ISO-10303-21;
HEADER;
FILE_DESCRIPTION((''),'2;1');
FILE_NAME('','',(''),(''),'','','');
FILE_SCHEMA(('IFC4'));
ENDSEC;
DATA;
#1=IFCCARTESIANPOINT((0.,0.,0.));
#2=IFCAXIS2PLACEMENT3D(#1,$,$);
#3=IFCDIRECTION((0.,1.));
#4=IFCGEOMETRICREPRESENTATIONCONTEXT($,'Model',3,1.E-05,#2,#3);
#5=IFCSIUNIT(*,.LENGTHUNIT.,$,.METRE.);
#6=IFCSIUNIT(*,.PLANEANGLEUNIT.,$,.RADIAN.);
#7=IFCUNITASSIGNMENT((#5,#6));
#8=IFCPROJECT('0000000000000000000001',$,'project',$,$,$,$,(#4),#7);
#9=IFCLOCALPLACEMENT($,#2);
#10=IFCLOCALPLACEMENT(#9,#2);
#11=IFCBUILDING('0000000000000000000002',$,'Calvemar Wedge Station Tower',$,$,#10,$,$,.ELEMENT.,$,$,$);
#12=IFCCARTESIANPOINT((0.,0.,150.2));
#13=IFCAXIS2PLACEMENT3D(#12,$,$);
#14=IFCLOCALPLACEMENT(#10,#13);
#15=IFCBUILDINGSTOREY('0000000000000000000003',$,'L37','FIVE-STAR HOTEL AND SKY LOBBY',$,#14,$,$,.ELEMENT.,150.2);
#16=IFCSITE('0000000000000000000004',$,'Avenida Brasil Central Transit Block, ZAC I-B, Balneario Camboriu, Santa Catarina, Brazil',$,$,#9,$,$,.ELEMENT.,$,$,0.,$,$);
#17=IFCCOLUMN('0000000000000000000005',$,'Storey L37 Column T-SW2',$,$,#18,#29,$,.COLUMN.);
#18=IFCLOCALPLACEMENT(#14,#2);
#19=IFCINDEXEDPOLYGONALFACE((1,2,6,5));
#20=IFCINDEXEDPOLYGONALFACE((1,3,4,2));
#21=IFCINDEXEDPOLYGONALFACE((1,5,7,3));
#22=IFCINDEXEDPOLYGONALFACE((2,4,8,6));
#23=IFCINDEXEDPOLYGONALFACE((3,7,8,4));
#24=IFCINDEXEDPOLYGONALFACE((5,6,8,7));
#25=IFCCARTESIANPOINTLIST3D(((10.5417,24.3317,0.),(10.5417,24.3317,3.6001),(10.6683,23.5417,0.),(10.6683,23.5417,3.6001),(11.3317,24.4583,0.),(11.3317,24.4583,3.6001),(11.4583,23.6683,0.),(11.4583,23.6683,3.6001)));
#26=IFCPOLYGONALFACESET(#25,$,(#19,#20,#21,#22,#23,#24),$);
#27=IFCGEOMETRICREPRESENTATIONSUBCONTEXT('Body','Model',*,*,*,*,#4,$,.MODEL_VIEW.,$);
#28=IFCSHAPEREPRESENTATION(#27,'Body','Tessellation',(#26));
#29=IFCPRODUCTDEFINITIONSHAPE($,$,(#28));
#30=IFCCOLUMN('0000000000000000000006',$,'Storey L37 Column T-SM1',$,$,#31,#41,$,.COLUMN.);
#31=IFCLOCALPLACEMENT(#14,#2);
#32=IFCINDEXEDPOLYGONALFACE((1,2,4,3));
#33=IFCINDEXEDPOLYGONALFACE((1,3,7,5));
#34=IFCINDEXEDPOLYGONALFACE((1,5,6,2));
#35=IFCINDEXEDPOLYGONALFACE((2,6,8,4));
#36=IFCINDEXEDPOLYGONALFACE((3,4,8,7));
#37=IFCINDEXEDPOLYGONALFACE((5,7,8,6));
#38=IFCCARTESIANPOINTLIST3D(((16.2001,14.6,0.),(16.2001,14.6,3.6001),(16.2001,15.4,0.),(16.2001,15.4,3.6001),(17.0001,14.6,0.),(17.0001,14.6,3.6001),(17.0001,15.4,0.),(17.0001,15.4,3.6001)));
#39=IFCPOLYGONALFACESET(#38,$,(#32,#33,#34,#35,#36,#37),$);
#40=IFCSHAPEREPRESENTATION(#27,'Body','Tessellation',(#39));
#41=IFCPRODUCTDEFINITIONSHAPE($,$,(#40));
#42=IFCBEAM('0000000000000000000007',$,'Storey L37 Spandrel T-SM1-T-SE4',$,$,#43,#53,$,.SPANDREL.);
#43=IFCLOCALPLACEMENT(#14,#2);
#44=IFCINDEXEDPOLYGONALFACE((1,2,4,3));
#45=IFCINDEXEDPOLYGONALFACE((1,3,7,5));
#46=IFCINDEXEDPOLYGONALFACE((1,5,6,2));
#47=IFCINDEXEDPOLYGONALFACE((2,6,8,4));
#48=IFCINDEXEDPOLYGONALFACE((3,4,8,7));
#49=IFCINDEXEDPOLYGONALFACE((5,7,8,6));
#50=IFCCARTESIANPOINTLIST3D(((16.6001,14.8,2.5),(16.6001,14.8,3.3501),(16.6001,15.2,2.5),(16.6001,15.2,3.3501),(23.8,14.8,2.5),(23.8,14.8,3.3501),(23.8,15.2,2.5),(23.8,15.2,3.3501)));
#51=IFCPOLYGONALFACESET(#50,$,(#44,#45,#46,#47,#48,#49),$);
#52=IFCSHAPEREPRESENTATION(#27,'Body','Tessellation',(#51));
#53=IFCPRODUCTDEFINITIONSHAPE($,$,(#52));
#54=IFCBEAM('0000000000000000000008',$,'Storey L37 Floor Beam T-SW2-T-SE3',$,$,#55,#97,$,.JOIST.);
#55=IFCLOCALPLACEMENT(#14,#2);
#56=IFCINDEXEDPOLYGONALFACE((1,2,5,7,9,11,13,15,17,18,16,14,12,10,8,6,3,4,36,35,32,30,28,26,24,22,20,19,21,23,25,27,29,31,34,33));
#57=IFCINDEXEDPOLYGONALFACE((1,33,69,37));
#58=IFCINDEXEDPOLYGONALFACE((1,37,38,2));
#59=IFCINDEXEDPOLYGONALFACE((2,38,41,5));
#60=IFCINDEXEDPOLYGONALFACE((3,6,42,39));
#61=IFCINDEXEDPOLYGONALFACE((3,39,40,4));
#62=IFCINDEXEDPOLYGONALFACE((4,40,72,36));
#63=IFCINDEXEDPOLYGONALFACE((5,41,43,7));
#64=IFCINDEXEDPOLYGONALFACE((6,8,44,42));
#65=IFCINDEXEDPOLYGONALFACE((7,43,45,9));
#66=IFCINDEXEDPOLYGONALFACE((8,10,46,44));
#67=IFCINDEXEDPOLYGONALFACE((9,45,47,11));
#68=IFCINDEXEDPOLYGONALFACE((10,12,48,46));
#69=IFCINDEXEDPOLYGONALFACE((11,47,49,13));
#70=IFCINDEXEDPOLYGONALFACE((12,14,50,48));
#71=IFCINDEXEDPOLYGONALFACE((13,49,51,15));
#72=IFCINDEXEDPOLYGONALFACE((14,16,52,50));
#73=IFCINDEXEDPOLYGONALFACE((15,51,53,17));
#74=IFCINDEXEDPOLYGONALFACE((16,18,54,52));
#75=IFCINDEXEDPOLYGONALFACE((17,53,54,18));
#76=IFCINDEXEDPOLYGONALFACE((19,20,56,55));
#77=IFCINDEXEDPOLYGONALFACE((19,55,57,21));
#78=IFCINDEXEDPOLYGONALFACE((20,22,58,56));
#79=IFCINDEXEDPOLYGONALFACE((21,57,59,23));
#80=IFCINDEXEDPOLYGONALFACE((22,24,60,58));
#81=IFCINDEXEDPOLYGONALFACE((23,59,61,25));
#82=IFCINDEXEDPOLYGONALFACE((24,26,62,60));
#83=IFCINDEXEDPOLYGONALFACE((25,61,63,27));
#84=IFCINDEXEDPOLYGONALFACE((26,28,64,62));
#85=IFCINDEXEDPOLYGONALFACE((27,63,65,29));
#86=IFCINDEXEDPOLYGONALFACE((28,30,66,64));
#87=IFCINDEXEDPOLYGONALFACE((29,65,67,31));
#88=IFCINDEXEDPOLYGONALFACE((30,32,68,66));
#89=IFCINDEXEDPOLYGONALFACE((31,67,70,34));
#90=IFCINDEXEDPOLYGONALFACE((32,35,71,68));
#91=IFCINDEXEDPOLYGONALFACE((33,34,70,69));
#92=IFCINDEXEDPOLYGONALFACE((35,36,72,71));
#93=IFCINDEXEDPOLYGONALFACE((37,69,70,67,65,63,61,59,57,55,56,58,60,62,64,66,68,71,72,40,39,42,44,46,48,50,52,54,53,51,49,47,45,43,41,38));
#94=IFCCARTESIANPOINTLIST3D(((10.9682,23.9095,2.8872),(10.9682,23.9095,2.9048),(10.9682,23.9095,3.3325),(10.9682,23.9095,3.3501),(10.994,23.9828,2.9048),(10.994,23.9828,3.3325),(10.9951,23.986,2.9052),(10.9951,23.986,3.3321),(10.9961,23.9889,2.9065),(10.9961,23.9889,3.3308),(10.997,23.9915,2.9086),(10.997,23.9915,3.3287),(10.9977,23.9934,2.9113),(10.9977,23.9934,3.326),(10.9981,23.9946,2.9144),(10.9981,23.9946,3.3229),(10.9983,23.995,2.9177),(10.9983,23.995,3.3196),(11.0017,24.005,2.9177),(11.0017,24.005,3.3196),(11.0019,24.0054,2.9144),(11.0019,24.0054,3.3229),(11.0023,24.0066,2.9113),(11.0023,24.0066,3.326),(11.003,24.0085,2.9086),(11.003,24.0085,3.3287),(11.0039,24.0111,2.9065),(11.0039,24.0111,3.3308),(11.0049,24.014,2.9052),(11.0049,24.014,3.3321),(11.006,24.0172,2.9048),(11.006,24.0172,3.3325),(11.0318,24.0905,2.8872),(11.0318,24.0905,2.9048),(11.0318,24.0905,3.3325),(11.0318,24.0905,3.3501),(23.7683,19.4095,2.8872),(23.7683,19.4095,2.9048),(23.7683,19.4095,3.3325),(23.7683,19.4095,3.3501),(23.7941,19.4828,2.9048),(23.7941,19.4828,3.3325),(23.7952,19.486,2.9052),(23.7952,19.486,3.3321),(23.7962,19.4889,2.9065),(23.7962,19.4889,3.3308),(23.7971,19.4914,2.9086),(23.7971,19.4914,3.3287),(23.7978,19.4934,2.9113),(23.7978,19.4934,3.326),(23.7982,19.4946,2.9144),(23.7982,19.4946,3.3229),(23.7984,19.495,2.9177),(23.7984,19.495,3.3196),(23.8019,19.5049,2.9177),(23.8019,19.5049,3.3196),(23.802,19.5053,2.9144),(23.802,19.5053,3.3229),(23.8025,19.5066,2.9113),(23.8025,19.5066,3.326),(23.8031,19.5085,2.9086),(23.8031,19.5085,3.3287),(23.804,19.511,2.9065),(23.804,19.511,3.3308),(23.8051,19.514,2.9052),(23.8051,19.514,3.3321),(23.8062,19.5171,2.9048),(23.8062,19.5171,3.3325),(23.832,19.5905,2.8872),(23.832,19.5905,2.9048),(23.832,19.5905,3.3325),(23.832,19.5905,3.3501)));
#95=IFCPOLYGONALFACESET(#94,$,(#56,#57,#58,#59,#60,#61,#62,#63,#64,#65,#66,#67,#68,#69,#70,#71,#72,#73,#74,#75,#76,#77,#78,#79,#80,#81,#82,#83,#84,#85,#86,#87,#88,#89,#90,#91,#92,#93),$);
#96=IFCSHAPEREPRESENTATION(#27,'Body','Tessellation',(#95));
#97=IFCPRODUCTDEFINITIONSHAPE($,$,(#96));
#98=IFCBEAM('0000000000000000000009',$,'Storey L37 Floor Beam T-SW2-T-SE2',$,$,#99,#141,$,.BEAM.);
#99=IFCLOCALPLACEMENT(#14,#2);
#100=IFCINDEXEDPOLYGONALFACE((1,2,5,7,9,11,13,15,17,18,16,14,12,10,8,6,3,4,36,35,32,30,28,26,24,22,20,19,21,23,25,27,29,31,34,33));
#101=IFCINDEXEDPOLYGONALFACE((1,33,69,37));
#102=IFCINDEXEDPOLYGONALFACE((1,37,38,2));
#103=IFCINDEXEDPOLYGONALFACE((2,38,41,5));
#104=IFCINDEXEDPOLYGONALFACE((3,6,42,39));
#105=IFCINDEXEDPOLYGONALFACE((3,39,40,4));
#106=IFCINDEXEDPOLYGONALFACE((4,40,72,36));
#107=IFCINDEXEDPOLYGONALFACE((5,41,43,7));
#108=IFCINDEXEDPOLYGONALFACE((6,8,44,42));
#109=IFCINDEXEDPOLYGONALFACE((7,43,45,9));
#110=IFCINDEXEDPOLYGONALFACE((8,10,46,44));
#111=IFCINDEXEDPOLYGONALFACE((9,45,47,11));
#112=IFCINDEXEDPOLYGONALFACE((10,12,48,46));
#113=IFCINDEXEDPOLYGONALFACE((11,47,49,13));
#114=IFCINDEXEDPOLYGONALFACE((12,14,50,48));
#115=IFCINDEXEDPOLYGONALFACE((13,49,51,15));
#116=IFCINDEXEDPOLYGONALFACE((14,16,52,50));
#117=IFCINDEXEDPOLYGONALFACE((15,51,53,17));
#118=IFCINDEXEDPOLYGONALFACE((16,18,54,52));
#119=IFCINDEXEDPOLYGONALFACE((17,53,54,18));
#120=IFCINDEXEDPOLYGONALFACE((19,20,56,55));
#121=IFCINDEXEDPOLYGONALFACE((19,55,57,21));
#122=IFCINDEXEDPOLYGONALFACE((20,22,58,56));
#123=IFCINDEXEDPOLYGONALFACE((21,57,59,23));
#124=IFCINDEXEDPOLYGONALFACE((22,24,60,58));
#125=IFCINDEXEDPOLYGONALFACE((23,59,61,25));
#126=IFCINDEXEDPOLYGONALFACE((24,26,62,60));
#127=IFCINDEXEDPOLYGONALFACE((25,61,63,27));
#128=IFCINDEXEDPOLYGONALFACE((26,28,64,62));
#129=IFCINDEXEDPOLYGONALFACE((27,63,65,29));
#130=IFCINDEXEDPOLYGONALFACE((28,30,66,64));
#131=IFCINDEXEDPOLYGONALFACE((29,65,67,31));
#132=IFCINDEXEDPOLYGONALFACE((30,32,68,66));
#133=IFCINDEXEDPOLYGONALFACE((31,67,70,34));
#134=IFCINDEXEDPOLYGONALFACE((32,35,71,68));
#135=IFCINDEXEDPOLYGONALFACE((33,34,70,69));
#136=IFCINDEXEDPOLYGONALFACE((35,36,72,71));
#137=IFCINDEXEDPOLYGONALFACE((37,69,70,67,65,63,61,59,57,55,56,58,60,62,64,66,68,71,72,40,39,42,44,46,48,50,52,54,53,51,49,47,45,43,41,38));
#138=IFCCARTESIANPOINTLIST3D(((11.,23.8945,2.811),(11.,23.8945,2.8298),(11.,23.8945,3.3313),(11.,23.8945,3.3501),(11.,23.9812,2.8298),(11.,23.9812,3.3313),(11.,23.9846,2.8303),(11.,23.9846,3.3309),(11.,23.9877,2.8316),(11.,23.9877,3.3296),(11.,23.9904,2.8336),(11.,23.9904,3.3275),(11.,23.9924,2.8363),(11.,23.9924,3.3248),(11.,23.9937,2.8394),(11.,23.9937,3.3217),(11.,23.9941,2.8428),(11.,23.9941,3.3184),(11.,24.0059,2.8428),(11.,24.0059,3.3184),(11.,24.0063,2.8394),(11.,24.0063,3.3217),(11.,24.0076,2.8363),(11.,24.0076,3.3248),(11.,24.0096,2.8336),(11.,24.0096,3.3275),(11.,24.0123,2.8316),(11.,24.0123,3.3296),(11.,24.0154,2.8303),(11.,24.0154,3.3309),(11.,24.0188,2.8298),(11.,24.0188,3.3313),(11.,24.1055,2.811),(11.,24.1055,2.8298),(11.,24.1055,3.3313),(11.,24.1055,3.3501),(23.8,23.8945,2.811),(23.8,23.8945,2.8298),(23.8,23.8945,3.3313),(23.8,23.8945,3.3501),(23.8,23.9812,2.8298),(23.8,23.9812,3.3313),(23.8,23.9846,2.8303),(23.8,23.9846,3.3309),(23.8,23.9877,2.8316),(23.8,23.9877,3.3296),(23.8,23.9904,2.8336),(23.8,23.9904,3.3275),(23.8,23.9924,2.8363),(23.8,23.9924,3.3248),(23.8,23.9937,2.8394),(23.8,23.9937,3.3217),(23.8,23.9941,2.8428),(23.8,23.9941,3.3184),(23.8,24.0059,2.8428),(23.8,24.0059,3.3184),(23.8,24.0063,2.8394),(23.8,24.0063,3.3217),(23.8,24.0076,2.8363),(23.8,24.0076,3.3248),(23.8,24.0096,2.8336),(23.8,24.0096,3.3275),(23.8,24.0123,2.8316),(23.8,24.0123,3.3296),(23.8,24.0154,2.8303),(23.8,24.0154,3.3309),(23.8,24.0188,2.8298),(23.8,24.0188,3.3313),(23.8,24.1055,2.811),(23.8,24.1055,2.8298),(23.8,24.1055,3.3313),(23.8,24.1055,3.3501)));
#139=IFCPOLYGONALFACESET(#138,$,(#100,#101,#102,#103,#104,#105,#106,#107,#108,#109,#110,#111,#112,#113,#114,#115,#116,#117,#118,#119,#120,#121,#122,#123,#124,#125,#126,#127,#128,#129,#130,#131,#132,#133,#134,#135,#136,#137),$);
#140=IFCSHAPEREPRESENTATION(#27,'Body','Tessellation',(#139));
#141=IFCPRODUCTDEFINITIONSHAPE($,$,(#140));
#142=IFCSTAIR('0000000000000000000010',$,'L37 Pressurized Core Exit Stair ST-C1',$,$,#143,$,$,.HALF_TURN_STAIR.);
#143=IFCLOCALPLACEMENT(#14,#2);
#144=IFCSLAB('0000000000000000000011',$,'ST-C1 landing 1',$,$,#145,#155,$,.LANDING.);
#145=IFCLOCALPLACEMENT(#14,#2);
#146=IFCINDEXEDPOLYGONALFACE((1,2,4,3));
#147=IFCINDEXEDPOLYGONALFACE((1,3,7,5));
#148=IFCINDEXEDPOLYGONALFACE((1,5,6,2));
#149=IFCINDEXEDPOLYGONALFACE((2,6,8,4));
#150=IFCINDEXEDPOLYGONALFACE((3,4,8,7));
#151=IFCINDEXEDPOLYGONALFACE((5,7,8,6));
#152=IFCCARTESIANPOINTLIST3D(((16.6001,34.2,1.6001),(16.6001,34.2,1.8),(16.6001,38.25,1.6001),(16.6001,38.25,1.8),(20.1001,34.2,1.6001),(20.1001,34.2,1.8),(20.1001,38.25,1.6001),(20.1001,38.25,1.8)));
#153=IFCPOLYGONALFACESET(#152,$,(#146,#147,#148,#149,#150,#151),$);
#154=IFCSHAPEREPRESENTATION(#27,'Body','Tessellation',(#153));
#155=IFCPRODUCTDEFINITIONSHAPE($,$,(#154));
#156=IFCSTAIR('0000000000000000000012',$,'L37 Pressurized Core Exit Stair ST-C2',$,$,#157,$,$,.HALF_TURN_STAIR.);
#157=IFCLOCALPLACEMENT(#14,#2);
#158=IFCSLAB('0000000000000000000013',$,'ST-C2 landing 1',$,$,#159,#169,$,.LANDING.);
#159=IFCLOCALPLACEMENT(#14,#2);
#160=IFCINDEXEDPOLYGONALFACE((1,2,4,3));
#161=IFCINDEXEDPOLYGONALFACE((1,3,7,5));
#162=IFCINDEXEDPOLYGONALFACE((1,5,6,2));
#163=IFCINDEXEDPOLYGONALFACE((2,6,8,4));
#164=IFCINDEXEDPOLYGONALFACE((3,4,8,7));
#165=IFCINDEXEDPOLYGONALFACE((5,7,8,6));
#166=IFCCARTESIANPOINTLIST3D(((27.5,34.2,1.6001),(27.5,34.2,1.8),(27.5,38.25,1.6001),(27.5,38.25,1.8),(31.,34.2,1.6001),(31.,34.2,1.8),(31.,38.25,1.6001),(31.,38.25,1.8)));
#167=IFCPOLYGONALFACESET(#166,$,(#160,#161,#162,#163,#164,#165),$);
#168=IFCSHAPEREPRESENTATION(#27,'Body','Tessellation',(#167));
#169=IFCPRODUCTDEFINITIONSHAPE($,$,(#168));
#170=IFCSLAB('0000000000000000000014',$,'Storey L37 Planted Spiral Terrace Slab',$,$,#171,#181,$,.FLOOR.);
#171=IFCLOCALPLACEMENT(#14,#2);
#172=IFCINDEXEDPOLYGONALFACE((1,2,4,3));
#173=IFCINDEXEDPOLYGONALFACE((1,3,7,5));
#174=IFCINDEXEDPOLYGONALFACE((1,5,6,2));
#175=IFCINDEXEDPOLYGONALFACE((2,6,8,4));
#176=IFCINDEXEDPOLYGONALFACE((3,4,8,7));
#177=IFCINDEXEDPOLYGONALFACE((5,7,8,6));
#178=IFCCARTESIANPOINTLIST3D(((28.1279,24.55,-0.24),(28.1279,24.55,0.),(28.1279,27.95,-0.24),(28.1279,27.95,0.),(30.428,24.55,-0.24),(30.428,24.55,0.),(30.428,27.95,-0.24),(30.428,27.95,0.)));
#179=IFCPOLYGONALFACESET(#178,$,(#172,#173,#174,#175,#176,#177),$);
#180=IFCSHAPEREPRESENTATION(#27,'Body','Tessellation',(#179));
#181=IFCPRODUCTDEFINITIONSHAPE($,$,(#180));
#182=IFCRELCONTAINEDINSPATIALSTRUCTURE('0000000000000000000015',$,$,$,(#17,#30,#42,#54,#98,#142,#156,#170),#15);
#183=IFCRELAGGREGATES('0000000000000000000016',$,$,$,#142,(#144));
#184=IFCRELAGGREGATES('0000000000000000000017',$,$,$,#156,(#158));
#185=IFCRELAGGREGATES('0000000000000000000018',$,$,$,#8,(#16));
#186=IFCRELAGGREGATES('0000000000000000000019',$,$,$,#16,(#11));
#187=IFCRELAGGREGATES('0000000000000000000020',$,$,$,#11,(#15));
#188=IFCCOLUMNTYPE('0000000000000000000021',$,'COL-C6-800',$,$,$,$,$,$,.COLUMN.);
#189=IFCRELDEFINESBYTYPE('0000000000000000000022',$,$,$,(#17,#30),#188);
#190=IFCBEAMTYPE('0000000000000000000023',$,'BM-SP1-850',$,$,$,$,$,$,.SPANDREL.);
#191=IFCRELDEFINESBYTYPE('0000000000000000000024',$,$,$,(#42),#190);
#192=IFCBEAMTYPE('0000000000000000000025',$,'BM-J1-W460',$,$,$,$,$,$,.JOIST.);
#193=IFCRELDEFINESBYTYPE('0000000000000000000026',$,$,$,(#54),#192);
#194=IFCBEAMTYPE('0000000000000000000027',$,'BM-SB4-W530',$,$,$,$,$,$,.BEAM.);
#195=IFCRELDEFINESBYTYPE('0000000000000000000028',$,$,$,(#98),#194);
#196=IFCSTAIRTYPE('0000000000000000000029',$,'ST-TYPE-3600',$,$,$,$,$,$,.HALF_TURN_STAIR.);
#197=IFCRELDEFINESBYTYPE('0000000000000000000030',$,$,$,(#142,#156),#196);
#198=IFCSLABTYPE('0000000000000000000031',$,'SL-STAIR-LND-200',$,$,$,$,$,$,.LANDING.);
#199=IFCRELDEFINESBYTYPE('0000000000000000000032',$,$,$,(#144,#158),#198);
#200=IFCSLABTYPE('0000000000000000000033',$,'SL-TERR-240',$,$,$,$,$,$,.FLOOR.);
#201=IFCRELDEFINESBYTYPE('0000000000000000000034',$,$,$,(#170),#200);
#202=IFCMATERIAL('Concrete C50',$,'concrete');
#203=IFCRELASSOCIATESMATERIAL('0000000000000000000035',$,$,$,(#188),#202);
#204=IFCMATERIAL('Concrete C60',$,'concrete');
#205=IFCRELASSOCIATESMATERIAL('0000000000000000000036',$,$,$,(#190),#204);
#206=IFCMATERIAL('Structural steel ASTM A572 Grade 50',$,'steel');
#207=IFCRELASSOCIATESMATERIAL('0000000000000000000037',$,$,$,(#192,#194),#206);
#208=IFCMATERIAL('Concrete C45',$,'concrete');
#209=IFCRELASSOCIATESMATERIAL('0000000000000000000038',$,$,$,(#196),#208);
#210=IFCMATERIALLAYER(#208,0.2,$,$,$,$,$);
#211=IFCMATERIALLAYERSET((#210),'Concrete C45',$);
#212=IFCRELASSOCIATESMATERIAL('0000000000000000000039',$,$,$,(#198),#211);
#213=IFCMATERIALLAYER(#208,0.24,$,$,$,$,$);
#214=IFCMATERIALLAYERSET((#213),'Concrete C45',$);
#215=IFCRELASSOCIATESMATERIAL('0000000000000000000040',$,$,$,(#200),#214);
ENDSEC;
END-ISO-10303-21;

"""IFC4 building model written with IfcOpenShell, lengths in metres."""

from ifc_helpers import new_model, si_unit, direction, frame, origin, origin_2d, place, context, subcontext, project, spatial, polyline, rectangle, i_section, outline, extrude, source, transform, mapped, material, layer, layer_set, material_profile, profile_set, type_object, element, aggregate, save


model = new_model("IFC4")

# Units and contexts
model_context = context("Model", 3, precision=1e-05, world=origin(), true_north=direction((0.0, 1.0)))
body_context = subcontext(model_context, "Body", "Model", "MODEL_VIEW")
ifc_project = project(units=[si_unit("LENGTHUNIT", "METRE"), si_unit("PLANEANGLEUNIT", "RADIAN")], contexts=[model_context])

# Site, building, storey
site_placement = place(None, origin())
site = spatial("IfcSite", under=ifc_project, at=site_placement, Name="Avenida Brasil Central Transit Block, ZAC I-B, Balneario Camboriu, Santa Catarina, Brazil", CompositionType="ELEMENT", RefElevation=0.0)
building_placement = place(site_placement, origin())
building = spatial("IfcBuilding", under=site, at=building_placement, Name="Calvemar Wedge Station Tower", CompositionType="ELEMENT")
storey_placement = place(building_placement, frame((0.0, 0.0, 150.2)))
storey = spatial("IfcBuildingStorey", under=building, at=storey_placement, Name="L37", Description="FIVE-STAR HOTEL AND SKY LOBBY", CompositionType="ELEMENT", Elevation=150.2)

# Columns
ifc_material_1 = material(Name="Concrete C50", Category="concrete")
ifc_material_profile_1 = material_profile(ifc_material_1, rectangle(XDim=0.8, YDim=0.8, at=origin_2d()), Name="RC800x800")
ifc_profile_set_1 = profile_set([ifc_material_profile_1], Name="Concrete C50")
column_type = type_object("IfcColumnType", Name="COL-C6-800", PredefinedType="COLUMN", material=ifc_profile_set_1)
shared_shape_1 = source(origin(), body_context, "Body", "SweptSolid", [
    extrude(rectangle(XDim=0.8, YDim=0.8, at=origin_2d()), origin(), (0.0, 0.0, 1.0), 3.6001),
])
for number, where, z_axis, x_axis, name in (
    (1, (11.0, 24.0, 0.0), (0.0, 0.0, 1.0), (0.158158, -0.987414, 0.0), "Storey L37 Column T-SW2"),
    (2, (16.6001, 15.0, 0.0), (0.0, 0.0, 1.0), (1.0, 0.0, 0.0), "Storey L37 Column T-SM1"),
):
    element("IfcColumn", number, at=place(storey_placement, frame(where, z_axis=z_axis, x_axis=x_axis)), inside=storey, type_object=column_type, Name=name, PredefinedType="COLUMN", context=body_context, shape_type="MappedRepresentation", body=[
        mapped(shared_shape_1, transform((0.0, 0.0, 0.0), scale=1.0)),
    ])

# Beams
ifc_material_2 = material(Name="Concrete C60", Category="concrete")
ifc_material_profile_2 = material_profile(ifc_material_2, rectangle(XDim=0.3999, YDim=0.8501, at=origin_2d()), Name="RC400x850")
ifc_profile_set_2 = profile_set([ifc_material_profile_2], Name="Concrete C60")
beam_type_1 = type_object("IfcBeamType", Name="BM-SP1-850", PredefinedType="SPANDREL", material=ifc_profile_set_2)
shared_shape_2 = source(origin(), body_context, "Body", "SweptSolid", [
    extrude(rectangle(XDim=0.3999, YDim=0.8501, at=origin_2d()), origin(), (0.0, 0.0, 1.0), 7.2),
])
beam_1_placement = place(storey_placement, frame((16.6001, 15.0, 2.925), z_axis=(1.0, 0.0, 0.0), x_axis=(0.0, 1.0, 0.0)))
element("IfcBeam", 3, at=beam_1_placement, inside=storey, type_object=beam_type_1, Name="Storey L37 Spandrel T-SM1-T-SE4", PredefinedType="SPANDREL", context=body_context, shape_type="MappedRepresentation", body=[
    mapped(shared_shape_2, transform((0.0, 0.0, 0.0), scale=1.0)),
])
ifc_material_3 = material(Name="Structural steel ASTM A572 Grade 50", Category="steel")
ifc_material_profile_3 = material_profile(ifc_material_3, i_section(OverallWidth=0.1919, OverallDepth=0.4629, WebThickness=0.0105, FlangeThickness=0.0176, FilletRadius=0.0129, at=origin_2d()), Name="W460x89")
ifc_profile_set_3 = profile_set([ifc_material_profile_3], Name="Structural steel ASTM A572 Grade 50")
beam_type_2 = type_object("IfcBeamType", Name="BM-J1-W460", PredefinedType="JOIST", material=ifc_profile_set_3)
shared_shape_3 = source(origin(), body_context, "Body", "SweptSolid", [
    extrude(i_section(OverallWidth=0.1919, OverallDepth=0.4629, WebThickness=0.0105, FlangeThickness=0.0176, FilletRadius=0.0129, at=origin_2d()), origin(), (0.0, 0.0, 1.0), 13.5681),
])
beam_2_placement = place(storey_placement, frame((11.0, 24.0, 3.1187), z_axis=(0.943398, -0.331662, 0.0), x_axis=(0.331662, 0.943398, 0.0)))
element("IfcBeam", 4, at=beam_2_placement, inside=storey, type_object=beam_type_2, Name="Storey L37 Floor Beam T-SW2-T-SE3", PredefinedType="JOIST", context=body_context, shape_type="MappedRepresentation", body=[
    mapped(shared_shape_3, transform((0.0, 0.0, 0.0), scale=1.0)),
])
ifc_material_profile_4 = material_profile(ifc_material_3, i_section(OverallWidth=0.2109, OverallDepth=0.5391, WebThickness=0.0117, FlangeThickness=0.0188, FilletRadius=0.0129, at=origin_2d()), Name="W530x109")
ifc_profile_set_4 = profile_set([ifc_material_profile_4], Name="Structural steel ASTM A572 Grade 50")
beam_type_3 = type_object("IfcBeamType", Name="BM-SB4-W530", PredefinedType="BEAM", material=ifc_profile_set_4)
shared_shape_4 = source(origin(), body_context, "Body", "SweptSolid", [
    extrude(i_section(OverallWidth=0.2109, OverallDepth=0.5391, WebThickness=0.0117, FlangeThickness=0.0188, FilletRadius=0.0129, at=origin_2d()), origin(), (0.0, 0.0, 1.0), 12.8),
])
beam_3_placement = place(storey_placement, frame((11.0, 24.0, 3.0806), z_axis=(1.0, 0.0, 0.0), x_axis=(0.0, 1.0, 0.0)))
element("IfcBeam", 5, at=beam_3_placement, inside=storey, type_object=beam_type_3, Name="Storey L37 Floor Beam T-SW2-T-SE2", PredefinedType="BEAM", context=body_context, shape_type="MappedRepresentation", body=[
    mapped(shared_shape_4, transform((0.0, 0.0, 0.0), scale=1.0)),
])

# Stairs, slabs
ifc_material_4 = material(Name="Concrete C45", Category="concrete")
stair_type = type_object("IfcStairType", Name="ST-TYPE-3600", PredefinedType="HALF_TURN_STAIR", material=ifc_material_4)
stair_1_placement = place(storey_placement, origin())
stair_1 = element("IfcStair", 6, at=stair_1_placement, inside=storey, type_object=stair_type, Name="L37 Pressurized Core Exit Stair ST-C1", PredefinedType="HALF_TURN_STAIR")
ifc_layer_1 = layer(ifc_material_4, 0.2)
ifc_layer_set_1 = layer_set([ifc_layer_1], Name="Concrete C45")
slab_type_1 = type_object("IfcSlabType", Name="SL-STAIR-LND-200", PredefinedType="LANDING", material=ifc_layer_set_1)
slab_1_placement = place(storey_placement, frame((0.0, 0.0, 1.6001)))
slab_1 = element("IfcSlab", 7, at=slab_1_placement, type_object=slab_type_1, Name="ST-C1 landing 1", PredefinedType="LANDING", context=body_context, shape_type="SweptSolid", body=[
    extrude(outline(polyline([(16.6001, 38.25), (16.6001, 34.2), (20.1001, 34.2), (20.1001, 38.25), (16.6001, 38.25)])), origin(), (0.0, 0.0, 1.0), 0.2),
])
aggregate(stair_1, [slab_1])
stair_2_placement = place(storey_placement, origin())
stair_2 = element("IfcStair", 8, at=stair_2_placement, inside=storey, type_object=stair_type, Name="L37 Pressurized Core Exit Stair ST-C2", PredefinedType="HALF_TURN_STAIR")
slab_2_placement = place(storey_placement, frame((0.0, 0.0, 1.6001)))
slab_2 = element("IfcSlab", 9, at=slab_2_placement, type_object=slab_type_1, Name="ST-C2 landing 1", PredefinedType="LANDING", context=body_context, shape_type="SweptSolid", body=[
    extrude(outline(polyline([(27.5, 38.25), (27.5, 34.2), (31.0, 34.2), (31.0, 38.25), (27.5, 38.25)])), origin(), (0.0, 0.0, 1.0), 0.2),
])
aggregate(stair_2, [slab_2])

# Slab
ifc_layer_2 = layer(ifc_material_4, 0.24)
ifc_layer_set_2 = layer_set([ifc_layer_2], Name="Concrete C45")
slab_type_2 = type_object("IfcSlabType", Name="SL-TERR-240", PredefinedType="FLOOR", material=ifc_layer_set_2)
slab_3_placement = place(storey_placement, frame((0.0, 0.0, -0.24)))
element("IfcSlab", 10, at=slab_3_placement, inside=storey, type_object=slab_type_2, Name="Storey L37 Planted Spiral Terrace Slab", PredefinedType="FLOOR", context=body_context, shape_type="SweptSolid", body=[
    extrude(outline(polyline([(28.1279, 24.55), (30.428, 24.55), (30.428, 27.95), (28.1279, 27.95), (28.1279, 24.55)])), origin(), (0.0, 0.0, 1.0), 0.24),
])

save(model, "model.ifc")
